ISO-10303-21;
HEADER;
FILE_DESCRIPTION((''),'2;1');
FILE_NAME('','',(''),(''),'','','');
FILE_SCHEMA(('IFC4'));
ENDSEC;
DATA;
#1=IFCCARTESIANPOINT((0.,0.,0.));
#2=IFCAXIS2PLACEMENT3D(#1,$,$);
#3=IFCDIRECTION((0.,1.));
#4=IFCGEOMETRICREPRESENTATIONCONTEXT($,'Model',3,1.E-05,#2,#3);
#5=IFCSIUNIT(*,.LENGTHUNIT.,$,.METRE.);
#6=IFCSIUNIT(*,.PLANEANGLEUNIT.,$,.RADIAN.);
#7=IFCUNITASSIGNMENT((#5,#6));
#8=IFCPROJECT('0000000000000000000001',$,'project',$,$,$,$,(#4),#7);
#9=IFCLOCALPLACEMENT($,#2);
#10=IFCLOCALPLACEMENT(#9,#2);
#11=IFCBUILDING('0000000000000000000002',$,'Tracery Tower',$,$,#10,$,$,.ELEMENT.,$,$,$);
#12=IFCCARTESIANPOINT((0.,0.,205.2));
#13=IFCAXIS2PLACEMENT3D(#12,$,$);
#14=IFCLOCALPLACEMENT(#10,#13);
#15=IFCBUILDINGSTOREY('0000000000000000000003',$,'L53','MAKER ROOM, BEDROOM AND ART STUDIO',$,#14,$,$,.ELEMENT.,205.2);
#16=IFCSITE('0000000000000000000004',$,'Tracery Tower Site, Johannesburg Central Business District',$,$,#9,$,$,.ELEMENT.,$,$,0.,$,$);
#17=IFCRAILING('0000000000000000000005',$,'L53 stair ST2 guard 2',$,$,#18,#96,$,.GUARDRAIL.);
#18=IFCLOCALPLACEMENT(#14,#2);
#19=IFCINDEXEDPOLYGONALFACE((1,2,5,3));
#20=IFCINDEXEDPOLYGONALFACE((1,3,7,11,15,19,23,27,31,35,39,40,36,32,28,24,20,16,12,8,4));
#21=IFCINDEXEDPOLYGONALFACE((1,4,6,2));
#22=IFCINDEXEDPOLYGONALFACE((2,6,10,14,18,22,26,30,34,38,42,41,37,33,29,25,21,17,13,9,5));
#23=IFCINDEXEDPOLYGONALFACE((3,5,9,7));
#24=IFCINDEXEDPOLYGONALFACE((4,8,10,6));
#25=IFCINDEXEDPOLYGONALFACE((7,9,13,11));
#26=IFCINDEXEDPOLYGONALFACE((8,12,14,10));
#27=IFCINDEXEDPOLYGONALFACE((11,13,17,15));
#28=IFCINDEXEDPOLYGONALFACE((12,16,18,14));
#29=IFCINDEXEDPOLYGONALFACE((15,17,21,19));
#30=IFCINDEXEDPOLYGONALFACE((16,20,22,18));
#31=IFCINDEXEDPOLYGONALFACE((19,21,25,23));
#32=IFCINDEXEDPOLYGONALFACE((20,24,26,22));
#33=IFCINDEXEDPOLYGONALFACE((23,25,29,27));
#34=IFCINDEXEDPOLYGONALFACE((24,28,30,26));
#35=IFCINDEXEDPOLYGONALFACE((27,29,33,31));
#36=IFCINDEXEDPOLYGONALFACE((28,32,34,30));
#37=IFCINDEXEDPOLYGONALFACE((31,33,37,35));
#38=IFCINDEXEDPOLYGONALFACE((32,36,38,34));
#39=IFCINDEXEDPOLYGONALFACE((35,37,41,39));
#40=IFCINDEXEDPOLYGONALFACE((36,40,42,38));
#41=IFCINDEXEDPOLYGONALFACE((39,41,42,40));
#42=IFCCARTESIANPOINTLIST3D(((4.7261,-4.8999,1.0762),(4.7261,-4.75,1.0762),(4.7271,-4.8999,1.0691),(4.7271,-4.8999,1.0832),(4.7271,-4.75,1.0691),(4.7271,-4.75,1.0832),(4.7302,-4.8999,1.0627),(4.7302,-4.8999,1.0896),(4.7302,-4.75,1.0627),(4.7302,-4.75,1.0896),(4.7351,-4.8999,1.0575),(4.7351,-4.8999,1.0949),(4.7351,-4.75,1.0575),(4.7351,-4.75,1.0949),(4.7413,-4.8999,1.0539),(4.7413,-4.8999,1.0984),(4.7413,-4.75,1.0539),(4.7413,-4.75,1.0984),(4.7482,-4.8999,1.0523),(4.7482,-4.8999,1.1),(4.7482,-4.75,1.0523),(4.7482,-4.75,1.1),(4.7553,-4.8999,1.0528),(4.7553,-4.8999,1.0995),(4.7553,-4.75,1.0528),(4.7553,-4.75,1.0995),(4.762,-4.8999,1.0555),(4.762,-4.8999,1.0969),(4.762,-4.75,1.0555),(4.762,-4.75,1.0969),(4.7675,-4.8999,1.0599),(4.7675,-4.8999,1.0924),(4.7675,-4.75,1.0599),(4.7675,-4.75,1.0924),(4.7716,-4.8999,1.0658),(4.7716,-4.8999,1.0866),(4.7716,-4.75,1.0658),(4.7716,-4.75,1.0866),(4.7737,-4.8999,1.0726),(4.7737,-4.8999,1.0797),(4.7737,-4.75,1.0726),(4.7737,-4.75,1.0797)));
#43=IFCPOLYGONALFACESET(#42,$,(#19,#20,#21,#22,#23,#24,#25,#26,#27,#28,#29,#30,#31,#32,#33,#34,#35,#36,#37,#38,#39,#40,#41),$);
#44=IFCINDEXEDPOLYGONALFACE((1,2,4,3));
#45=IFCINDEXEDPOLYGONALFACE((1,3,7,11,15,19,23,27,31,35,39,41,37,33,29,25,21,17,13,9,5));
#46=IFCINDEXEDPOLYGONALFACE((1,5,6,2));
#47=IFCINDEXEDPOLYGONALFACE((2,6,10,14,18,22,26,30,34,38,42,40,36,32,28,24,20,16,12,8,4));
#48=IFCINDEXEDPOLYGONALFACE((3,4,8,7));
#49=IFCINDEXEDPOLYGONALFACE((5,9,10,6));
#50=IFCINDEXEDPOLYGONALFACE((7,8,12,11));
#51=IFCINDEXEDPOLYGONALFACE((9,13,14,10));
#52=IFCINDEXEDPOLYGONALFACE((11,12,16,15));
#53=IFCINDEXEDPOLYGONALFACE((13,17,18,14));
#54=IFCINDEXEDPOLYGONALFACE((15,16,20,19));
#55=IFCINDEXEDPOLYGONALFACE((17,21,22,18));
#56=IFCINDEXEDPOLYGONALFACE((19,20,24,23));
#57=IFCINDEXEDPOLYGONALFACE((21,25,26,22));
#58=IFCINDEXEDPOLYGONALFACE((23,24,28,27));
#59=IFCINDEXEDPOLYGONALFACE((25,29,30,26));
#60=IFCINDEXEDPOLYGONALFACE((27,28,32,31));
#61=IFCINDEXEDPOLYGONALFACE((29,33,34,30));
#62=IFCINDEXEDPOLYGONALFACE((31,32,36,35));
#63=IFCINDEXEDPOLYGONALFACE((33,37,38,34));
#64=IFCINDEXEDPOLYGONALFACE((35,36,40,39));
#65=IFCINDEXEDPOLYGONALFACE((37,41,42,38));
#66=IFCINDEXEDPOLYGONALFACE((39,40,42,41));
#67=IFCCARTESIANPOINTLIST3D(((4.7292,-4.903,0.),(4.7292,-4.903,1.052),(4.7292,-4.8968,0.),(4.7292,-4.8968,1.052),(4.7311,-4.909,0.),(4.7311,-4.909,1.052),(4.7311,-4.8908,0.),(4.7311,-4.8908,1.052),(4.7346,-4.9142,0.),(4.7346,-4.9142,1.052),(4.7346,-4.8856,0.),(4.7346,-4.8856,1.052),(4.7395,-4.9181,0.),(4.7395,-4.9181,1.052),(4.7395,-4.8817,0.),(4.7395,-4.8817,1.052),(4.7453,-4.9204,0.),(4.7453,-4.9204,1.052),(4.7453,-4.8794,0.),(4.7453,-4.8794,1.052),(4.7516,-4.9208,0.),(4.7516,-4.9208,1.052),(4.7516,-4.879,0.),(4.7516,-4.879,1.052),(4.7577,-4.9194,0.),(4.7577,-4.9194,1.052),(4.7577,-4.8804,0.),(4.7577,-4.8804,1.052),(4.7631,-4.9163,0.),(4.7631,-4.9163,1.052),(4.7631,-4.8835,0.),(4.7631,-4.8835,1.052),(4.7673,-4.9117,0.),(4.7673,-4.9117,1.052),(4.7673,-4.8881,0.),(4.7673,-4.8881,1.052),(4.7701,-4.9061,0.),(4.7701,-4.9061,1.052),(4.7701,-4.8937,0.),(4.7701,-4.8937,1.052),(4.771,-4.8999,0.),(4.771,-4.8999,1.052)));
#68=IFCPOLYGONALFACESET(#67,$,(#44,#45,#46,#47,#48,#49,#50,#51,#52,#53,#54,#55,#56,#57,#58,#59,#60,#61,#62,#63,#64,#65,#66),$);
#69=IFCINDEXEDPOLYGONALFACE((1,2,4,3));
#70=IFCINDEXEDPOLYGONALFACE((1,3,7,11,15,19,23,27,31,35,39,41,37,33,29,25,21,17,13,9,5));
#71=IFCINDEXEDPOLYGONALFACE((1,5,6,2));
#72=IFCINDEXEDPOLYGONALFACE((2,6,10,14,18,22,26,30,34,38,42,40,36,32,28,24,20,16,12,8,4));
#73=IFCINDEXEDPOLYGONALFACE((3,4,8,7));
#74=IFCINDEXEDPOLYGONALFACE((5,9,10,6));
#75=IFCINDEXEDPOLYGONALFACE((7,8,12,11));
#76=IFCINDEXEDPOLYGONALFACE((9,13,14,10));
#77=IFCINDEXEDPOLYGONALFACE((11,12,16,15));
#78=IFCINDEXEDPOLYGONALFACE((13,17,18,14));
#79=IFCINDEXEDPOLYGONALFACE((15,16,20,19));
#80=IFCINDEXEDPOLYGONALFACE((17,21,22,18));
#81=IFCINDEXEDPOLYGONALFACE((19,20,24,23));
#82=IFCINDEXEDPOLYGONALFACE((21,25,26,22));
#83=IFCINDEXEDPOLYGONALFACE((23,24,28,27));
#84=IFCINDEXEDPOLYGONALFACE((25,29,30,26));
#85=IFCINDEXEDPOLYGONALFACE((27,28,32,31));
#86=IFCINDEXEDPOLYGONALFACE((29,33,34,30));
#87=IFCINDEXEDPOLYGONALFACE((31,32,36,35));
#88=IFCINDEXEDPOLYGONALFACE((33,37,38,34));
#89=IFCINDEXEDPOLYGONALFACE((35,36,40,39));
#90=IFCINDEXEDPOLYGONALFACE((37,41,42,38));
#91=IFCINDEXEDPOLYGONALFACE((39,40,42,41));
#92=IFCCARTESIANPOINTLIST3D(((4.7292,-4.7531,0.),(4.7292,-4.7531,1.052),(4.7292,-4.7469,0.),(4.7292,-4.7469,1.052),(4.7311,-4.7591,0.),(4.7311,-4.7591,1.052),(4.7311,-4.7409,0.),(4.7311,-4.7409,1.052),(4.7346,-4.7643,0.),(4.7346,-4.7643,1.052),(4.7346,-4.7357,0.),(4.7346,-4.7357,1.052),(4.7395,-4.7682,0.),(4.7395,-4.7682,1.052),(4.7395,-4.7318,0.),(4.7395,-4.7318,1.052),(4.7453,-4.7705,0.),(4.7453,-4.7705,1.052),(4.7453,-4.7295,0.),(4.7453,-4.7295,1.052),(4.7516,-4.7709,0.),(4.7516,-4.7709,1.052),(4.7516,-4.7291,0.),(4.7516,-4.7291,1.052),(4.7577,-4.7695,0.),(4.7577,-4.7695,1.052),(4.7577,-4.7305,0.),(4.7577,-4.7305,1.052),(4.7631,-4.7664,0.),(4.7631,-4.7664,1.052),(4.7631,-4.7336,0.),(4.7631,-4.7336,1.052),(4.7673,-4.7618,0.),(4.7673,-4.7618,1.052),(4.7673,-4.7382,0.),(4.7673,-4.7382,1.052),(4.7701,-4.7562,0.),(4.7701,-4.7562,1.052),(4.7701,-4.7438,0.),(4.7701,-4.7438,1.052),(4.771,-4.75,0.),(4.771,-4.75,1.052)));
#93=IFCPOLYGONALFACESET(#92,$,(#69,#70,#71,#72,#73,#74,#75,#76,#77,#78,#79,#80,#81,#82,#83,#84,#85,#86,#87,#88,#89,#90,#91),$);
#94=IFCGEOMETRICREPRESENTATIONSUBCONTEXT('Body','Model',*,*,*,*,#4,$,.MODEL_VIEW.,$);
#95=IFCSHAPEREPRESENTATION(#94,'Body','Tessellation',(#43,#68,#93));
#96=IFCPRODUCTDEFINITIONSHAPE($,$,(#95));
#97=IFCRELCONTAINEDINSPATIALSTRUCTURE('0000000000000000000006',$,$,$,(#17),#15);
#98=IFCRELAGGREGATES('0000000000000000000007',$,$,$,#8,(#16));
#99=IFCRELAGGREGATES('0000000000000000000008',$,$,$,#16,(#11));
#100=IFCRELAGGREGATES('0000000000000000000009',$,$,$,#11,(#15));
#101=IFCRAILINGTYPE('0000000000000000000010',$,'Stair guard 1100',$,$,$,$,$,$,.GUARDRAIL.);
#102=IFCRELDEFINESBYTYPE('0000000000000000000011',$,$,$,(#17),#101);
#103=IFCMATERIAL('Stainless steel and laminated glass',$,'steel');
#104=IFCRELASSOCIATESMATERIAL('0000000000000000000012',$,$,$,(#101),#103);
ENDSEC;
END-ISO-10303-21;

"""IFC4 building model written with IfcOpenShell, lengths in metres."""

from ifc_helpers import new_model, si_unit, direction, frame, origin, origin_2d, place, context, subcontext, project, spatial, circle, extrude, material, type_object, element, save


model = new_model("IFC4")

# Units and contexts
model_context = context("Model", 3, precision=1e-05, world=origin(), true_north=direction((0.0, 1.0)))
body_context = subcontext(model_context, "Body", "Model", "MODEL_VIEW")
ifc_project = project(units=[si_unit("LENGTHUNIT", "METRE"), si_unit("PLANEANGLEUNIT", "RADIAN")], contexts=[model_context])

# Site, building, storey
site_placement = place(None, origin())
site = spatial("IfcSite", under=ifc_project, at=site_placement, Name="Tracery Tower Site, Johannesburg Central Business District", CompositionType="ELEMENT", RefElevation=0.0)
building_placement = place(site_placement, origin())
building = spatial("IfcBuilding", under=site, at=building_placement, Name="Tracery Tower", CompositionType="ELEMENT")
storey_placement = place(building_placement, frame((0.0, 0.0, 205.2)))
storey = spatial("IfcBuildingStorey", under=building, at=storey_placement, Name="L53", Description="MAKER ROOM, BEDROOM AND ART STUDIO", CompositionType="ELEMENT", Elevation=205.2)

# Railing
ifc_material_1 = material(Name="Stainless steel and laminated glass", Category="steel")
railing_type_1 = type_object("IfcRailingType", Name="Stair guard 1100", PredefinedType="GUARDRAIL", material=ifc_material_1)
railing_1_placement = place(storey_placement, frame((4.75, -4.8999, 0.0)))
element("IfcRailing", 1, at=railing_1_placement, inside=storey, type_object=railing_type_1, Name="L53 stair ST2 guard 2", PredefinedType="GUARDRAIL", context=body_context, shape_type="SweptSolid", body=[
    extrude(circle(Radius=0.0239, at=origin_2d()), frame((0.0, 0.0, 1.0762), z_axis=(0.0, 1.0, 0.0), x_axis=(-1.0, 0.0, 0.0)), (0.0, 0.0, 1.0), 0.1499),
    extrude(circle(Radius=0.021, at=origin_2d()), origin(), (0.0, 0.0, 1.0), 1.052),
    extrude(circle(Radius=0.021, at=origin_2d()), frame((0.0, 0.1499, 0.0)), (0.0, 0.0, 1.0), 1.052),
])

save(model, "model.ifc")
